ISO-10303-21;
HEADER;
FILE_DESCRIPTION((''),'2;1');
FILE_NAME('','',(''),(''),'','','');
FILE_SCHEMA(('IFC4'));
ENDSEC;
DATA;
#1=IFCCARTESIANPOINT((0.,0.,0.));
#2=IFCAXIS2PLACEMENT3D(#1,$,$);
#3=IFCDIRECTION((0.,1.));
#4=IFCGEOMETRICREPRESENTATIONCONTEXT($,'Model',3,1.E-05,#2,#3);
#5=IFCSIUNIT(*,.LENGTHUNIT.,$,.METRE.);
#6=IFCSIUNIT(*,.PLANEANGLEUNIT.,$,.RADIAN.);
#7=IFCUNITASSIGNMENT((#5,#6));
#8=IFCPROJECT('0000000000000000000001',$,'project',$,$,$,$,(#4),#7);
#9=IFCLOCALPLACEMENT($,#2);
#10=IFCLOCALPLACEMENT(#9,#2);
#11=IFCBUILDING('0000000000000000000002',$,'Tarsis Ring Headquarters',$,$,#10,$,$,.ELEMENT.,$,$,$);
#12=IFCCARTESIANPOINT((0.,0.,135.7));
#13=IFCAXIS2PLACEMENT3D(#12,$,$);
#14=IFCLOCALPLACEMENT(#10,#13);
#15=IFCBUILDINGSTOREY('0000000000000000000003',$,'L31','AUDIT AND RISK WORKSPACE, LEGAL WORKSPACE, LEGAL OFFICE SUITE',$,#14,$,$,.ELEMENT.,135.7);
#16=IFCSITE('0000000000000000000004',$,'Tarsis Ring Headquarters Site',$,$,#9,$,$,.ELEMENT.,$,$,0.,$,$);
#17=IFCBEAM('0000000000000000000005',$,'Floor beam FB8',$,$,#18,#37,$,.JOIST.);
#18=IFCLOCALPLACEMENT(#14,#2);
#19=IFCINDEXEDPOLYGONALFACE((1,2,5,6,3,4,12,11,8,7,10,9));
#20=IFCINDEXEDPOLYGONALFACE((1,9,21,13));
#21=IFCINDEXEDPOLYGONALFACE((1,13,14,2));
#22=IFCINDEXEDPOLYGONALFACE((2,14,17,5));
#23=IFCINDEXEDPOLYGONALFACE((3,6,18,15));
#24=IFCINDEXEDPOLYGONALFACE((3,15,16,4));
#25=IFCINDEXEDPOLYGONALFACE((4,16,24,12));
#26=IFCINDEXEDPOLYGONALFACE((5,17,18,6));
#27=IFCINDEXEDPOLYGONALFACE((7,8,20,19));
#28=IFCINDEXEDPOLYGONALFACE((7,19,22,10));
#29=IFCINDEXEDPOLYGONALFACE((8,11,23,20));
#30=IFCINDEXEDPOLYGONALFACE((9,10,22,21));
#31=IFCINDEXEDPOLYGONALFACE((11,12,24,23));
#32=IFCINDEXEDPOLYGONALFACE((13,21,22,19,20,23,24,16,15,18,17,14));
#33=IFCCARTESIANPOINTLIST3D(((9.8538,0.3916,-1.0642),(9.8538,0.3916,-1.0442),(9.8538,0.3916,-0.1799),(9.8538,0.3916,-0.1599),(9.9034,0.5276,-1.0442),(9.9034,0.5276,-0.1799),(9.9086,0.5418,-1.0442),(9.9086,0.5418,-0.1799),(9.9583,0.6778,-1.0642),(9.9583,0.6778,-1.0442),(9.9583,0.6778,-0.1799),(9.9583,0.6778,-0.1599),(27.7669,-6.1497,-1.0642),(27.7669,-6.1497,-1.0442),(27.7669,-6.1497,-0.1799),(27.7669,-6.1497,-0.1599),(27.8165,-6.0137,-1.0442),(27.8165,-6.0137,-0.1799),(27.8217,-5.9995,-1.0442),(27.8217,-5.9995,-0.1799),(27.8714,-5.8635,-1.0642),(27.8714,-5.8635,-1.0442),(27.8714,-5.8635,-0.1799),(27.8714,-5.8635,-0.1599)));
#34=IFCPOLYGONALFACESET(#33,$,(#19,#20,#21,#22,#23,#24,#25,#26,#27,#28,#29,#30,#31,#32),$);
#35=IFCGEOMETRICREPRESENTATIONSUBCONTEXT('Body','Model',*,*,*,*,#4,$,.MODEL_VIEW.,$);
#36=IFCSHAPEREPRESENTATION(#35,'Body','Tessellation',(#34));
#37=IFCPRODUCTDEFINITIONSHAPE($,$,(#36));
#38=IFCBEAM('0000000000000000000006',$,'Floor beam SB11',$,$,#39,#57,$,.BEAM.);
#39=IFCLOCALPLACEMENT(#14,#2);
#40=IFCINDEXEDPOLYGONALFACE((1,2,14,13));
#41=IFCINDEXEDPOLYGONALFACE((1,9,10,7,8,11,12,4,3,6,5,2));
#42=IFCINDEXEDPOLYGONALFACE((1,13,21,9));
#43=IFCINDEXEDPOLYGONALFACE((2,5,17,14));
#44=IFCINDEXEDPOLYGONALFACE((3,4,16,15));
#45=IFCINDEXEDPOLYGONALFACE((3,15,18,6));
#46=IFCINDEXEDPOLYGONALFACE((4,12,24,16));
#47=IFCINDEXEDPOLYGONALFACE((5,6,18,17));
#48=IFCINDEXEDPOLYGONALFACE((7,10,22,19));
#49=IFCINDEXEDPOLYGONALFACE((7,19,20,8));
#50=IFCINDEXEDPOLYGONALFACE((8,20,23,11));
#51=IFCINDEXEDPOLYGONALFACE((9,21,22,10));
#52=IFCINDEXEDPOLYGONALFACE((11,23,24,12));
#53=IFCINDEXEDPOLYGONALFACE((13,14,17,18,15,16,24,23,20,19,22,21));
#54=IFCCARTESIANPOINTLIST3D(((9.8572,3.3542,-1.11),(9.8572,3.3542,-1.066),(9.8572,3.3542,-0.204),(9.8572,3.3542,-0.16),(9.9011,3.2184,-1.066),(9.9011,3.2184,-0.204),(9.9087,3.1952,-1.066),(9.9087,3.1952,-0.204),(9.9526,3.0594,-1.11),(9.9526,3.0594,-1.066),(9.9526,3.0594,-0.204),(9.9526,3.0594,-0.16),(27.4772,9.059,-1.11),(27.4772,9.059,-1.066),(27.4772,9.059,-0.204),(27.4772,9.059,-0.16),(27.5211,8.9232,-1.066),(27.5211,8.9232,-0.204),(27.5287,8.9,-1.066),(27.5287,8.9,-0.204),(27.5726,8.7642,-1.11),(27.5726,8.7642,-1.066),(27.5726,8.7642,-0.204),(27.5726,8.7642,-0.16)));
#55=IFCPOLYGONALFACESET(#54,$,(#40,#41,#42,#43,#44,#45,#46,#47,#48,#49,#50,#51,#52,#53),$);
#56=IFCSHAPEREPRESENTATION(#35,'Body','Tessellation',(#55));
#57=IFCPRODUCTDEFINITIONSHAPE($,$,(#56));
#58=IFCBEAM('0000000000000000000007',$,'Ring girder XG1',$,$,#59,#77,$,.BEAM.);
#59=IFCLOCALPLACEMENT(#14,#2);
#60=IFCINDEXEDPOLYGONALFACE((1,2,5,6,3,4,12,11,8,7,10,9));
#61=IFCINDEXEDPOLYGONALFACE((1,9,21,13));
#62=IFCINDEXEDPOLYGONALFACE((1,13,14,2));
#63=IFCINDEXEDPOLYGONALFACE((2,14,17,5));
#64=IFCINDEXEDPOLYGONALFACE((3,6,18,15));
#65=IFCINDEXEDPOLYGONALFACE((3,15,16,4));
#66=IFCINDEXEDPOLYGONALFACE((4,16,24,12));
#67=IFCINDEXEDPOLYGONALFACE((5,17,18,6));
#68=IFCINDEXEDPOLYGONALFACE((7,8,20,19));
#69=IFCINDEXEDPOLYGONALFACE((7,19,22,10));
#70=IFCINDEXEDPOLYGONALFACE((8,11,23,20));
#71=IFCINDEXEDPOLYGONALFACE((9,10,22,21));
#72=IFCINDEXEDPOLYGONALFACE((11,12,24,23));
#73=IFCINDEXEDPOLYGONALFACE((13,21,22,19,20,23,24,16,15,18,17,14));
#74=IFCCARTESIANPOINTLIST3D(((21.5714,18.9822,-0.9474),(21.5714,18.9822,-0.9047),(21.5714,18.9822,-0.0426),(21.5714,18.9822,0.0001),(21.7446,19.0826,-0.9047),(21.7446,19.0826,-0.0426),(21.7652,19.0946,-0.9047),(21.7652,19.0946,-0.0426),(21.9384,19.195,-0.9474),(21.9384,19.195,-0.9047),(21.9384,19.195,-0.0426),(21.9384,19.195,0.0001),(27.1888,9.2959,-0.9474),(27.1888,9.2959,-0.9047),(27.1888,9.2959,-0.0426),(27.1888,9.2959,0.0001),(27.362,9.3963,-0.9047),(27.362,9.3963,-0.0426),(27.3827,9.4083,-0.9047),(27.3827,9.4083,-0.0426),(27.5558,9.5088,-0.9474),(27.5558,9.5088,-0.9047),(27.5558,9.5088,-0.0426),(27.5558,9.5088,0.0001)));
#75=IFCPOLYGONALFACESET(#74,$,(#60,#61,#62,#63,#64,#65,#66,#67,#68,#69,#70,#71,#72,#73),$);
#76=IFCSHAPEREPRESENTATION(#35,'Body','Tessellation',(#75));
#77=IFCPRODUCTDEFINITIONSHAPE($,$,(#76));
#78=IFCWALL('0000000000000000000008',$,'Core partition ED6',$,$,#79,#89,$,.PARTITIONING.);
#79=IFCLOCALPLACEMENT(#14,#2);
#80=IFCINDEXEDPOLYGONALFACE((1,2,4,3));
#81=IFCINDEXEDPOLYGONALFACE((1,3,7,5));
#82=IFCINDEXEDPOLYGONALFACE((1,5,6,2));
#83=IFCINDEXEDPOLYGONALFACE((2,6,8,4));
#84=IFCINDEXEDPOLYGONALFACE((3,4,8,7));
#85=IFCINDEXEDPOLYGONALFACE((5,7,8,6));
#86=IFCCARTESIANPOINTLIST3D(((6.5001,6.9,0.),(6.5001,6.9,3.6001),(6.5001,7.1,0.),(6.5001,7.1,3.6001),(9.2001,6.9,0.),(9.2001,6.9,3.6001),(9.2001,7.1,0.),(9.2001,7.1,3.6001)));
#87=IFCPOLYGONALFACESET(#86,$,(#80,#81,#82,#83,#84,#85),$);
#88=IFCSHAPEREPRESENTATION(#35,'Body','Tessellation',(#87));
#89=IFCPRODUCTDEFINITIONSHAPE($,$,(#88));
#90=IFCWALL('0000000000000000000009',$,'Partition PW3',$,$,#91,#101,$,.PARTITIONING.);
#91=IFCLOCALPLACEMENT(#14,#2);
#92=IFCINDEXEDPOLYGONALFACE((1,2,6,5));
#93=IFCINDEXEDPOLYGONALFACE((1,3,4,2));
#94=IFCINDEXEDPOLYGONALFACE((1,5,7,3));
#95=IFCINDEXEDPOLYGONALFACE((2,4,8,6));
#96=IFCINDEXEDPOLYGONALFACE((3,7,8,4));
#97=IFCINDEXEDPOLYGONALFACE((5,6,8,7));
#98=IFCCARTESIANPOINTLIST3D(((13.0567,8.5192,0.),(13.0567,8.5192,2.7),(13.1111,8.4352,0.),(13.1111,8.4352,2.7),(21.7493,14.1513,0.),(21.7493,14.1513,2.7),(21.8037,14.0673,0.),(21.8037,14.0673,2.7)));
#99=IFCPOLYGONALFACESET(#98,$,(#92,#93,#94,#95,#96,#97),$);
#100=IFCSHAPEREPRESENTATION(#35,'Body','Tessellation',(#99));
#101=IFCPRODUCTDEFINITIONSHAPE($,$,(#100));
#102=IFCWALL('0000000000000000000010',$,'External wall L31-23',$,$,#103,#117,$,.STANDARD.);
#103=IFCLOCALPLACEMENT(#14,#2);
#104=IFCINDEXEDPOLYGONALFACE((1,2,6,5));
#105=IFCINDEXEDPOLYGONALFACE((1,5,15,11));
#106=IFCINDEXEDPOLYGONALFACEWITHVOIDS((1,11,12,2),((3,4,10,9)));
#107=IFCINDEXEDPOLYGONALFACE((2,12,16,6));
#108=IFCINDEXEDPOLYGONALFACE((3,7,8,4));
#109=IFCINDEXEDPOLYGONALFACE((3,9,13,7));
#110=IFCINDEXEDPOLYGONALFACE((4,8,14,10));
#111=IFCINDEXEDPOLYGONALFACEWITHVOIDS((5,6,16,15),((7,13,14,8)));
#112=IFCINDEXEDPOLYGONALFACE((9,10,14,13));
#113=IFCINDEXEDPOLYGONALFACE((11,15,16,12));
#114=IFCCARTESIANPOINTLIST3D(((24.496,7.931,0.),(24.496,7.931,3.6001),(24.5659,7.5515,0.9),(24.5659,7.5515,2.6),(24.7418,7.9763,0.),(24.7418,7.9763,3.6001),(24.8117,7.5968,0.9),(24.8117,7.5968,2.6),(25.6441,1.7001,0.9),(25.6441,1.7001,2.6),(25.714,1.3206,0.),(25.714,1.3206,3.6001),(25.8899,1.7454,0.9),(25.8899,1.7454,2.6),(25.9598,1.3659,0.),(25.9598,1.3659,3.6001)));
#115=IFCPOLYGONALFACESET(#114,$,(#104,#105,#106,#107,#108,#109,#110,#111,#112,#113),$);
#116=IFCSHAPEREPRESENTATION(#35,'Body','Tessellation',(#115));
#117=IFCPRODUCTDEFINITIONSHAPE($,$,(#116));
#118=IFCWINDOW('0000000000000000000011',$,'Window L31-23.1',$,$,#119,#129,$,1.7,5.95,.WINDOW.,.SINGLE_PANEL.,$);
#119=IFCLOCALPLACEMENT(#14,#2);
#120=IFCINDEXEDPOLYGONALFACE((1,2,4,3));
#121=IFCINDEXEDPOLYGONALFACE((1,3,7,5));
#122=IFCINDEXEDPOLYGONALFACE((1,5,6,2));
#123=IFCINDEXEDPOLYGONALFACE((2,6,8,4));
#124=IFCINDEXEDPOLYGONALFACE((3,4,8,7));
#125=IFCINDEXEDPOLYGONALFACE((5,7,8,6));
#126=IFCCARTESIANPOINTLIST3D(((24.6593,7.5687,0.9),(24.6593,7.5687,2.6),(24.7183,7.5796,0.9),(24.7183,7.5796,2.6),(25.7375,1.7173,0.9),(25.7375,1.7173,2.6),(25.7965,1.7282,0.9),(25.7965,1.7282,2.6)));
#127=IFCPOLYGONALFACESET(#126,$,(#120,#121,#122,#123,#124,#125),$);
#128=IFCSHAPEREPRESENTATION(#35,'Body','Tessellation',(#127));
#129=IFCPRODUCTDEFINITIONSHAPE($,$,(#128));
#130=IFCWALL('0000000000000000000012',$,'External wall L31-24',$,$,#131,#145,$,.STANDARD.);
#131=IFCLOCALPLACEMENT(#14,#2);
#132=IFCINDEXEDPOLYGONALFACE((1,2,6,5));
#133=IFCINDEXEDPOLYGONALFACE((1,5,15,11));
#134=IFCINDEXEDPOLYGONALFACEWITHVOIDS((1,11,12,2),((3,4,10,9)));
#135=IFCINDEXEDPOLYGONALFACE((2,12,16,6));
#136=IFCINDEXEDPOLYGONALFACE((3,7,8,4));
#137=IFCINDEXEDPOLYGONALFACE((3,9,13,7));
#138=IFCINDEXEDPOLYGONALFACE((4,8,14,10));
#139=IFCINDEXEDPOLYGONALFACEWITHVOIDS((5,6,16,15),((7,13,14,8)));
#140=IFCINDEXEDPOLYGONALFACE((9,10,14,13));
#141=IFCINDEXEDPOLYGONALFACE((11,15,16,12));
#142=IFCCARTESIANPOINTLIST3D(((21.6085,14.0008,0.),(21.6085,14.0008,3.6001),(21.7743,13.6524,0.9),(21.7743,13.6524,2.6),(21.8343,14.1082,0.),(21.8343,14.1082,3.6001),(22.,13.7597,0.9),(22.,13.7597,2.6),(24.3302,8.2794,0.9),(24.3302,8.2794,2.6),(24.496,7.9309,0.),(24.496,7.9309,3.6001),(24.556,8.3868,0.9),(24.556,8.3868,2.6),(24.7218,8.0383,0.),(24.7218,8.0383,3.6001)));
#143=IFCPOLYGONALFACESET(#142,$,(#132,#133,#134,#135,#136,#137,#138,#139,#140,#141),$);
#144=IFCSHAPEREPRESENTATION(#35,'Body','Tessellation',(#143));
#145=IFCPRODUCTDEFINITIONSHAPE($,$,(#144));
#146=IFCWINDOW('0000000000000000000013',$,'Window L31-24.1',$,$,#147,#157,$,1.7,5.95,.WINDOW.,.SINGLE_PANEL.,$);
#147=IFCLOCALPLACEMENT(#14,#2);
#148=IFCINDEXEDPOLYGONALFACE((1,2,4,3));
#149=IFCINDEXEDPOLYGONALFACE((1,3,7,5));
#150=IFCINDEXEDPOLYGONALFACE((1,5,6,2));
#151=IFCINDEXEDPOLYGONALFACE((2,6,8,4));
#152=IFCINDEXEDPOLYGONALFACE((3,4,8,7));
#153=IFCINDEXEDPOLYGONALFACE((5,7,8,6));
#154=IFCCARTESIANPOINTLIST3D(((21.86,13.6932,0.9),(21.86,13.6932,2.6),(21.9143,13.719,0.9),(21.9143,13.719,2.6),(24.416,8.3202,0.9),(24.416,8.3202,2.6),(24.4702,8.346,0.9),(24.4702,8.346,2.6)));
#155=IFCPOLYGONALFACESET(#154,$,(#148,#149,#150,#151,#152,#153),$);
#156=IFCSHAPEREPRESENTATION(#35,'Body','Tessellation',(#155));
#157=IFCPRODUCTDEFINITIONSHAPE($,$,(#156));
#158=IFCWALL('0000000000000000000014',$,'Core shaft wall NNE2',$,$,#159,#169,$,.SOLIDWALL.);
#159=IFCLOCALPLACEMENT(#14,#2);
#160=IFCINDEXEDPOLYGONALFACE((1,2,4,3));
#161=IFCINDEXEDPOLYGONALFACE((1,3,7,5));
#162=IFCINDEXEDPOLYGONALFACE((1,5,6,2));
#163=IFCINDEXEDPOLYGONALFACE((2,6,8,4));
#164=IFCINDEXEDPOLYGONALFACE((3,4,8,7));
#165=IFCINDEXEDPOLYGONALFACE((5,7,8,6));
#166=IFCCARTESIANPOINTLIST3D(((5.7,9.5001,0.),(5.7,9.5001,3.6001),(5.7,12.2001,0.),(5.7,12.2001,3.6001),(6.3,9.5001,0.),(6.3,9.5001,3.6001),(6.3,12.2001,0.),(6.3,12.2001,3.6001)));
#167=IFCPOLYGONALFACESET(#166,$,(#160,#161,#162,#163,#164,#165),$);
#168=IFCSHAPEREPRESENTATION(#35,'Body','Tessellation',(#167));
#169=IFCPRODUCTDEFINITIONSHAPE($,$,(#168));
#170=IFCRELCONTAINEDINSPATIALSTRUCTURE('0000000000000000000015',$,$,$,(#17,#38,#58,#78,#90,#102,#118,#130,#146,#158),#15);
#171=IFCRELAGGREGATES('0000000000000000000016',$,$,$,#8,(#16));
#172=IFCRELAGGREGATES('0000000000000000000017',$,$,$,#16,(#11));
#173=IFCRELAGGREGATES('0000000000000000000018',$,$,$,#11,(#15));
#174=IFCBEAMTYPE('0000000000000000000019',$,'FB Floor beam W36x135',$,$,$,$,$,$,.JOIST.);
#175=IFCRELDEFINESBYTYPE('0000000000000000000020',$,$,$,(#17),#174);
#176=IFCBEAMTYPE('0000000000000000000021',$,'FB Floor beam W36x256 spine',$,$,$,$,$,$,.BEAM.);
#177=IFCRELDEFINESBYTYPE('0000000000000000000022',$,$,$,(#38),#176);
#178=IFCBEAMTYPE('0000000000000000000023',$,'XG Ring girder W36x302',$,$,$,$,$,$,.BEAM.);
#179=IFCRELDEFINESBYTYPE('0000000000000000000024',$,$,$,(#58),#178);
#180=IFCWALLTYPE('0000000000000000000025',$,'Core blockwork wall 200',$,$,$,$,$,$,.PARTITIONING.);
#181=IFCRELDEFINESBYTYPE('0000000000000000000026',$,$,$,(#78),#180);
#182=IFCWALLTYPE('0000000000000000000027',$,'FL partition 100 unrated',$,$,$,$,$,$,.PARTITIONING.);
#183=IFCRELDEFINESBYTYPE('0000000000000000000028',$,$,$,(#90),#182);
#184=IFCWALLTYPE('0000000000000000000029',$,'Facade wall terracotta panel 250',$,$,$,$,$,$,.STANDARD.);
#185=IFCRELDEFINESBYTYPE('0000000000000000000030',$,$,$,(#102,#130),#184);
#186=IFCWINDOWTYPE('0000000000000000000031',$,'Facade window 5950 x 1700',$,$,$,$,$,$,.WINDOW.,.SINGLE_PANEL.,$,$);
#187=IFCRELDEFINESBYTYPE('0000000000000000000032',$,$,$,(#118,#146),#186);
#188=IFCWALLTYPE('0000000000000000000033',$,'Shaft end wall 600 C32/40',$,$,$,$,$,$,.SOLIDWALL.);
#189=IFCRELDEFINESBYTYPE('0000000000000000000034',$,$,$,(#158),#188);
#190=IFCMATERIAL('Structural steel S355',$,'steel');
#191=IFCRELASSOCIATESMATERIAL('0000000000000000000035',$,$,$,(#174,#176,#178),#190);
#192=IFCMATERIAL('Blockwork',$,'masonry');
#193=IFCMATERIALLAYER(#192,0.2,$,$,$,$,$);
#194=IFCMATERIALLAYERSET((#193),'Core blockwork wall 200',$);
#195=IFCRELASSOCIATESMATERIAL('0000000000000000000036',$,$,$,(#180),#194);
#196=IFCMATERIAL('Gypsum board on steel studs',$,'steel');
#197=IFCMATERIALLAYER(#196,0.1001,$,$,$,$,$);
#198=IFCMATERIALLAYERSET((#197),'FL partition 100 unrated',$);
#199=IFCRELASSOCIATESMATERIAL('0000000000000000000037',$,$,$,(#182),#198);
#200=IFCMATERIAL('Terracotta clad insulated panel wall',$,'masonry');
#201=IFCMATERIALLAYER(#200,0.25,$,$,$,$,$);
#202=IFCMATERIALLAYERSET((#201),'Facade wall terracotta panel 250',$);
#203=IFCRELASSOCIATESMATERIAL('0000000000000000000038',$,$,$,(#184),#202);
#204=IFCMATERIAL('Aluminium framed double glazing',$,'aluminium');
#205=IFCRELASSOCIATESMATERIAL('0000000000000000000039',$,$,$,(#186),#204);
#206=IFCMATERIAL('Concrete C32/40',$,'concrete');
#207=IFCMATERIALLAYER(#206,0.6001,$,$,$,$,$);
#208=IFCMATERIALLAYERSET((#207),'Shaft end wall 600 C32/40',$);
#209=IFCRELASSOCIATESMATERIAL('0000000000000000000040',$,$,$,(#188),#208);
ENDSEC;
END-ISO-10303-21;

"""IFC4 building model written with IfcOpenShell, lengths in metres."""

from ifc_helpers import new_model, si_unit, direction, frame, frame_2d, origin, origin_2d, place, context, subcontext, project, spatial, rectangle, i_section, extrude, material, layer, layer_set, material_profile, profile_set, type_object, element, fill, save


model = new_model("IFC4")

# Units and contexts
model_context = context("Model", 3, precision=1e-05, world=origin(), true_north=direction((0.0, 1.0)))
body_context = subcontext(model_context, "Body", "Model", "MODEL_VIEW")
ifc_project = project(units=[si_unit("LENGTHUNIT", "METRE"), si_unit("PLANEANGLEUNIT", "RADIAN")], contexts=[model_context])

# Site, building, storey
site_placement = place(None, origin())
site = spatial("IfcSite", under=ifc_project, at=site_placement, Name="Tarsis Ring Headquarters Site", CompositionType="ELEMENT", RefElevation=0.0)
building_placement = place(site_placement, origin())
building = spatial("IfcBuilding", under=site, at=building_placement, Name="Tarsis Ring Headquarters", CompositionType="ELEMENT")
storey_placement = place(building_placement, frame((0.0, 0.0, 135.7)))
storey = spatial("IfcBuildingStorey", under=building, at=storey_placement, Name="L31", Description="AUDIT AND RISK WORKSPACE, LEGAL WORKSPACE, LEGAL OFFICE SUITE", CompositionType="ELEMENT", Elevation=135.7)

# Shared definitions
ifc_material_1 = material(Name="Structural steel S355", Category="steel")

# Beams
ifc_material_profile_1 = material_profile(ifc_material_1, i_section(OverallWidth=0.3047, OverallDepth=0.9043, WebThickness=0.0151, FlangeThickness=0.02, at=origin_2d()), Name="W36x135")
ifc_profile_set_1 = profile_set([ifc_material_profile_1], Name="Structural steel S355")
beam_type_1 = type_object("IfcBeamType", Name="FB Floor beam W36x135", PredefinedType="JOIST", material=ifc_profile_set_1)
beam_1_placement = place(storey_placement, frame((9.906, 0.5347, -0.6121), z_axis=(0.939331, -0.343012, 0.0), x_axis=(0.343012, 0.939331, 0.0)))
element("IfcBeam", 1, at=beam_1_placement, inside=storey, type_object=beam_type_1, Name="Floor beam FB8", PredefinedType="JOIST", context=body_context, shape_type="SweptSolid", body=[
    extrude(i_section(OverallWidth=0.3047, OverallDepth=0.9043, WebThickness=0.0151, FlangeThickness=0.02, at=origin_2d()), origin(), (0.0, 0.0, 1.0), 19.0701),
])
ifc_material_profile_2 = material_profile(ifc_material_1, i_section(OverallWidth=0.3098, OverallDepth=0.95, WebThickness=0.0244, FlangeThickness=0.0439, at=origin_2d()), Name="W36x256")
ifc_profile_set_2 = profile_set([ifc_material_profile_2], Name="Structural steel S355")
beam_type_2 = type_object("IfcBeamType", Name="FB Floor beam W36x256 spine", PredefinedType="BEAM", material=ifc_profile_set_2)
beam_2_placement = place(storey_placement, frame((27.5249, 8.9116, -0.635), z_axis=(-0.951378, -0.308026, 0.0), x_axis=(0.308026, -0.951378, 0.0)))
element("IfcBeam", 2, at=beam_2_placement, inside=storey, type_object=beam_type_2, Name="Floor beam SB11", PredefinedType="BEAM", context=body_context, shape_type="SweptSolid", body=[
    extrude(i_section(OverallWidth=0.3098, OverallDepth=0.95, WebThickness=0.0244, FlangeThickness=0.0439, at=origin_2d()), origin(), (0.0, 0.0, 1.0), 18.5205),
])
ifc_material_profile_3 = material_profile(ifc_material_1, i_section(OverallWidth=0.4243, OverallDepth=0.9475, WebThickness=0.0239, FlangeThickness=0.0427, at=origin_2d()), Name="W36x302")
ifc_profile_set_3 = profile_set([ifc_material_profile_3], Name="Structural steel S355")
beam_type_3 = type_object("IfcBeamType", Name="XG Ring girder W36x302", PredefinedType="BEAM", material=ifc_profile_set_3)
beam_3_placement = place(storey_placement, frame((27.3723, 9.4023, -0.4736), z_axis=(-0.501677, 0.865055, 0.0), x_axis=(-0.865055, -0.501677, 0.0)))
element("IfcBeam", 3, at=beam_3_placement, inside=storey, type_object=beam_type_3, Name="Ring girder XG1", PredefinedType="BEAM", context=body_context, shape_type="SweptSolid", body=[
    extrude(i_section(OverallWidth=0.4243, OverallDepth=0.9475, WebThickness=0.0239, FlangeThickness=0.0427, at=origin_2d()), origin(), (0.0, 0.0, 1.0), 11.1973),
])

# Walls
ifc_material_2 = material(Name="Blockwork", Category="masonry")
ifc_layer_1 = layer(ifc_material_2, 0.2)
ifc_layer_set_1 = layer_set([ifc_layer_1], Name="Core blockwork wall 200")
wall_type_1 = type_object("IfcWallType", Name="Core blockwork wall 200", PredefinedType="PARTITIONING", material=ifc_layer_set_1)
wall_1_placement = place(storey_placement, frame((6.5, 7.0, 0.0), z_axis=(0.0, 0.0, 1.0), x_axis=(1.0, 0.0, 0.0)))
element("IfcWall", 4, at=wall_1_placement, inside=storey, type_object=wall_type_1, Name="Core partition ED6", PredefinedType="PARTITIONING", context=body_context, shape_type="SweptSolid", body=[
    extrude(rectangle(XDim=2.7, YDim=0.2, at=frame_2d((1.3501, 0.0))), origin(), (0.0, 0.0, 1.0), 3.6001),
])
ifc_material_3 = material(Name="Gypsum board on steel studs", Category="steel")
ifc_layer_2 = layer(ifc_material_3, 0.1001)
ifc_layer_set_2 = layer_set([ifc_layer_2], Name="FL partition 100 unrated")
wall_type_2 = type_object("IfcWallType", Name="FL partition 100 unrated", PredefinedType="PARTITIONING", material=ifc_layer_set_2)
wall_2_placement = place(storey_placement, frame((13.084, 8.4773, 0.0), z_axis=(0.0, 0.0, 1.0), x_axis=(0.839242, 0.543757, 0.0)))
element("IfcWall", 5, at=wall_2_placement, inside=storey, type_object=wall_type_2, Name="Partition PW3", PredefinedType="PARTITIONING", context=body_context, shape_type="SweptSolid", body=[
    extrude(rectangle(XDim=10.3577, YDim=0.1001, at=frame_2d((5.1787, 0.0))), origin(), (0.0, 0.0, 1.0), 2.7),
])

# Walls, openings, windows
ifc_material_4 = material(Name="Terracotta clad insulated panel wall", Category="masonry")
ifc_layer_3 = layer(ifc_material_4, 0.25)
ifc_layer_set_3 = layer_set([ifc_layer_3], Name="Facade wall terracotta panel 250")
wall_type_3 = type_object("IfcWallType", Name="Facade wall terracotta panel 250", PredefinedType="STANDARD", material=ifc_layer_set_3)
wall_3_placement = place(storey_placement, frame((25.8369, 1.3433, 0.0), z_axis=(0.0, 0.0, 1.0), x_axis=(-0.181209, 0.983445, 0.0)))
wall_3 = element("IfcWall", 6, at=wall_3_placement, inside=storey, type_object=wall_type_3, Name="External wall L31-23", PredefinedType="STANDARD", context=body_context, shape_type="SweptSolid", body=[
    extrude(rectangle(XDim=6.7217, YDim=0.25, at=frame_2d((3.3608, 0.0))), origin(), (0.0, 0.0, 1.0), 3.6001),
])
opening_1_placement = place(wall_3_placement, frame((0.3857, 0.0, 0.8999)))
opening_1 = element("IfcOpeningElement", 7, at=opening_1_placement, cuts=wall_3, PredefinedType="OPENING", context=body_context, shape_type="SweptSolid", body=[
    extrude(rectangle(XDim=5.95, YDim=1.7, at=frame_2d((2.9751, 0.8501))), frame((0.0, 0.135, 0.0), z_axis=(0.0, -1.0, 0.0), x_axis=(1.0, 0.0, 0.0)), (0.0, 0.0, 1.0), 0.27),
])
ifc_material_5 = material(Name="Aluminium framed double glazing", Category="aluminium")
window_type = type_object("IfcWindowType", Name="Facade window 5950 x 1700", PartitioningType="SINGLE_PANEL", PredefinedType="WINDOW", material=ifc_material_5)
window_1_placement = place(opening_1_placement, origin())
window_1 = element("IfcWindow", 8, at=window_1_placement, inside=storey, type_object=window_type, Name="Window L31-23.1", OverallHeight=1.7, OverallWidth=5.95, PartitioningType="SINGLE_PANEL", PredefinedType="WINDOW", context=body_context, shape_type="SweptSolid", body=[
    extrude(rectangle(XDim=5.95, YDim=1.7, at=frame_2d((2.9751, 0.8501))), frame((0.0, 0.03, 0.0), z_axis=(0.0, -1.0, 0.0), x_axis=(1.0, 0.0, 0.0)), (0.0, 0.0, 1.0), 0.0601),
])
fill(opening_1, window_1)
wall_4_placement = place(storey_placement, frame((24.6089, 7.9846, 0.0), z_axis=(0.0, 0.0, 1.0), x_axis=(-0.429577, 0.90303, 0.0)))
wall_4 = element("IfcWall", 9, at=wall_4_placement, inside=storey, type_object=wall_type_3, Name="External wall L31-24", PredefinedType="STANDARD", context=body_context, shape_type="SweptSolid", body=[
    extrude(rectangle(XDim=6.7217, YDim=0.25, at=frame_2d((3.3608, 0.0))), origin(), (0.0, 0.0, 1.0), 3.6001),
])
opening_2_placement = place(wall_4_placement, frame((0.3857, 0.0, 0.8999)))
opening_2 = element("IfcOpeningElement", 10, at=opening_2_placement, cuts=wall_4, PredefinedType="OPENING", context=body_context, shape_type="SweptSolid", body=[
    extrude(rectangle(XDim=5.95, YDim=1.7, at=frame_2d((2.9751, 0.8501))), frame((0.0, 0.135, 0.0), z_axis=(0.0, -1.0, 0.0), x_axis=(1.0, 0.0, 0.0)), (0.0, 0.0, 1.0), 0.27),
])
window_2_placement = place(opening_2_placement, origin())
window_2 = element("IfcWindow", 11, at=window_2_placement, inside=storey, type_object=window_type, Name="Window L31-24.1", OverallHeight=1.7, OverallWidth=5.95, PartitioningType="SINGLE_PANEL", PredefinedType="WINDOW", context=body_context, shape_type="SweptSolid", body=[
    extrude(rectangle(XDim=5.95, YDim=1.7, at=frame_2d((2.9751, 0.8501))), frame((0.0, 0.03, 0.0), z_axis=(0.0, -1.0, 0.0), x_axis=(1.0, 0.0, 0.0)), (0.0, 0.0, 1.0), 0.0601),
])
fill(opening_2, window_2)

# Wall
ifc_material_6 = material(Name="Concrete C32/40", Category="concrete")
ifc_layer_4 = layer(ifc_material_6, 0.6001)
ifc_layer_set_4 = layer_set([ifc_layer_4], Name="Shaft end wall 600 C32/40")
wall_type_4 = type_object("IfcWallType", Name="Shaft end wall 600 C32/40", PredefinedType="SOLIDWALL", material=ifc_layer_set_4)
wall_5_placement = place(storey_placement, frame((6.0, 9.5, 0.0), z_axis=(0.0, 0.0, 1.0), x_axis=(0.0, 1.0, 0.0)))
element("IfcWall", 12, at=wall_5_placement, inside=storey, type_object=wall_type_4, Name="Core shaft wall NNE2", PredefinedType="SOLIDWALL", context=body_context, shape_type="SweptSolid", body=[
    extrude(rectangle(XDim=2.7, YDim=0.6001, at=frame_2d((1.3501, 0.0))), origin(), (0.0, 0.0, 1.0), 3.6001),
])

save(model, "model.ifc")
